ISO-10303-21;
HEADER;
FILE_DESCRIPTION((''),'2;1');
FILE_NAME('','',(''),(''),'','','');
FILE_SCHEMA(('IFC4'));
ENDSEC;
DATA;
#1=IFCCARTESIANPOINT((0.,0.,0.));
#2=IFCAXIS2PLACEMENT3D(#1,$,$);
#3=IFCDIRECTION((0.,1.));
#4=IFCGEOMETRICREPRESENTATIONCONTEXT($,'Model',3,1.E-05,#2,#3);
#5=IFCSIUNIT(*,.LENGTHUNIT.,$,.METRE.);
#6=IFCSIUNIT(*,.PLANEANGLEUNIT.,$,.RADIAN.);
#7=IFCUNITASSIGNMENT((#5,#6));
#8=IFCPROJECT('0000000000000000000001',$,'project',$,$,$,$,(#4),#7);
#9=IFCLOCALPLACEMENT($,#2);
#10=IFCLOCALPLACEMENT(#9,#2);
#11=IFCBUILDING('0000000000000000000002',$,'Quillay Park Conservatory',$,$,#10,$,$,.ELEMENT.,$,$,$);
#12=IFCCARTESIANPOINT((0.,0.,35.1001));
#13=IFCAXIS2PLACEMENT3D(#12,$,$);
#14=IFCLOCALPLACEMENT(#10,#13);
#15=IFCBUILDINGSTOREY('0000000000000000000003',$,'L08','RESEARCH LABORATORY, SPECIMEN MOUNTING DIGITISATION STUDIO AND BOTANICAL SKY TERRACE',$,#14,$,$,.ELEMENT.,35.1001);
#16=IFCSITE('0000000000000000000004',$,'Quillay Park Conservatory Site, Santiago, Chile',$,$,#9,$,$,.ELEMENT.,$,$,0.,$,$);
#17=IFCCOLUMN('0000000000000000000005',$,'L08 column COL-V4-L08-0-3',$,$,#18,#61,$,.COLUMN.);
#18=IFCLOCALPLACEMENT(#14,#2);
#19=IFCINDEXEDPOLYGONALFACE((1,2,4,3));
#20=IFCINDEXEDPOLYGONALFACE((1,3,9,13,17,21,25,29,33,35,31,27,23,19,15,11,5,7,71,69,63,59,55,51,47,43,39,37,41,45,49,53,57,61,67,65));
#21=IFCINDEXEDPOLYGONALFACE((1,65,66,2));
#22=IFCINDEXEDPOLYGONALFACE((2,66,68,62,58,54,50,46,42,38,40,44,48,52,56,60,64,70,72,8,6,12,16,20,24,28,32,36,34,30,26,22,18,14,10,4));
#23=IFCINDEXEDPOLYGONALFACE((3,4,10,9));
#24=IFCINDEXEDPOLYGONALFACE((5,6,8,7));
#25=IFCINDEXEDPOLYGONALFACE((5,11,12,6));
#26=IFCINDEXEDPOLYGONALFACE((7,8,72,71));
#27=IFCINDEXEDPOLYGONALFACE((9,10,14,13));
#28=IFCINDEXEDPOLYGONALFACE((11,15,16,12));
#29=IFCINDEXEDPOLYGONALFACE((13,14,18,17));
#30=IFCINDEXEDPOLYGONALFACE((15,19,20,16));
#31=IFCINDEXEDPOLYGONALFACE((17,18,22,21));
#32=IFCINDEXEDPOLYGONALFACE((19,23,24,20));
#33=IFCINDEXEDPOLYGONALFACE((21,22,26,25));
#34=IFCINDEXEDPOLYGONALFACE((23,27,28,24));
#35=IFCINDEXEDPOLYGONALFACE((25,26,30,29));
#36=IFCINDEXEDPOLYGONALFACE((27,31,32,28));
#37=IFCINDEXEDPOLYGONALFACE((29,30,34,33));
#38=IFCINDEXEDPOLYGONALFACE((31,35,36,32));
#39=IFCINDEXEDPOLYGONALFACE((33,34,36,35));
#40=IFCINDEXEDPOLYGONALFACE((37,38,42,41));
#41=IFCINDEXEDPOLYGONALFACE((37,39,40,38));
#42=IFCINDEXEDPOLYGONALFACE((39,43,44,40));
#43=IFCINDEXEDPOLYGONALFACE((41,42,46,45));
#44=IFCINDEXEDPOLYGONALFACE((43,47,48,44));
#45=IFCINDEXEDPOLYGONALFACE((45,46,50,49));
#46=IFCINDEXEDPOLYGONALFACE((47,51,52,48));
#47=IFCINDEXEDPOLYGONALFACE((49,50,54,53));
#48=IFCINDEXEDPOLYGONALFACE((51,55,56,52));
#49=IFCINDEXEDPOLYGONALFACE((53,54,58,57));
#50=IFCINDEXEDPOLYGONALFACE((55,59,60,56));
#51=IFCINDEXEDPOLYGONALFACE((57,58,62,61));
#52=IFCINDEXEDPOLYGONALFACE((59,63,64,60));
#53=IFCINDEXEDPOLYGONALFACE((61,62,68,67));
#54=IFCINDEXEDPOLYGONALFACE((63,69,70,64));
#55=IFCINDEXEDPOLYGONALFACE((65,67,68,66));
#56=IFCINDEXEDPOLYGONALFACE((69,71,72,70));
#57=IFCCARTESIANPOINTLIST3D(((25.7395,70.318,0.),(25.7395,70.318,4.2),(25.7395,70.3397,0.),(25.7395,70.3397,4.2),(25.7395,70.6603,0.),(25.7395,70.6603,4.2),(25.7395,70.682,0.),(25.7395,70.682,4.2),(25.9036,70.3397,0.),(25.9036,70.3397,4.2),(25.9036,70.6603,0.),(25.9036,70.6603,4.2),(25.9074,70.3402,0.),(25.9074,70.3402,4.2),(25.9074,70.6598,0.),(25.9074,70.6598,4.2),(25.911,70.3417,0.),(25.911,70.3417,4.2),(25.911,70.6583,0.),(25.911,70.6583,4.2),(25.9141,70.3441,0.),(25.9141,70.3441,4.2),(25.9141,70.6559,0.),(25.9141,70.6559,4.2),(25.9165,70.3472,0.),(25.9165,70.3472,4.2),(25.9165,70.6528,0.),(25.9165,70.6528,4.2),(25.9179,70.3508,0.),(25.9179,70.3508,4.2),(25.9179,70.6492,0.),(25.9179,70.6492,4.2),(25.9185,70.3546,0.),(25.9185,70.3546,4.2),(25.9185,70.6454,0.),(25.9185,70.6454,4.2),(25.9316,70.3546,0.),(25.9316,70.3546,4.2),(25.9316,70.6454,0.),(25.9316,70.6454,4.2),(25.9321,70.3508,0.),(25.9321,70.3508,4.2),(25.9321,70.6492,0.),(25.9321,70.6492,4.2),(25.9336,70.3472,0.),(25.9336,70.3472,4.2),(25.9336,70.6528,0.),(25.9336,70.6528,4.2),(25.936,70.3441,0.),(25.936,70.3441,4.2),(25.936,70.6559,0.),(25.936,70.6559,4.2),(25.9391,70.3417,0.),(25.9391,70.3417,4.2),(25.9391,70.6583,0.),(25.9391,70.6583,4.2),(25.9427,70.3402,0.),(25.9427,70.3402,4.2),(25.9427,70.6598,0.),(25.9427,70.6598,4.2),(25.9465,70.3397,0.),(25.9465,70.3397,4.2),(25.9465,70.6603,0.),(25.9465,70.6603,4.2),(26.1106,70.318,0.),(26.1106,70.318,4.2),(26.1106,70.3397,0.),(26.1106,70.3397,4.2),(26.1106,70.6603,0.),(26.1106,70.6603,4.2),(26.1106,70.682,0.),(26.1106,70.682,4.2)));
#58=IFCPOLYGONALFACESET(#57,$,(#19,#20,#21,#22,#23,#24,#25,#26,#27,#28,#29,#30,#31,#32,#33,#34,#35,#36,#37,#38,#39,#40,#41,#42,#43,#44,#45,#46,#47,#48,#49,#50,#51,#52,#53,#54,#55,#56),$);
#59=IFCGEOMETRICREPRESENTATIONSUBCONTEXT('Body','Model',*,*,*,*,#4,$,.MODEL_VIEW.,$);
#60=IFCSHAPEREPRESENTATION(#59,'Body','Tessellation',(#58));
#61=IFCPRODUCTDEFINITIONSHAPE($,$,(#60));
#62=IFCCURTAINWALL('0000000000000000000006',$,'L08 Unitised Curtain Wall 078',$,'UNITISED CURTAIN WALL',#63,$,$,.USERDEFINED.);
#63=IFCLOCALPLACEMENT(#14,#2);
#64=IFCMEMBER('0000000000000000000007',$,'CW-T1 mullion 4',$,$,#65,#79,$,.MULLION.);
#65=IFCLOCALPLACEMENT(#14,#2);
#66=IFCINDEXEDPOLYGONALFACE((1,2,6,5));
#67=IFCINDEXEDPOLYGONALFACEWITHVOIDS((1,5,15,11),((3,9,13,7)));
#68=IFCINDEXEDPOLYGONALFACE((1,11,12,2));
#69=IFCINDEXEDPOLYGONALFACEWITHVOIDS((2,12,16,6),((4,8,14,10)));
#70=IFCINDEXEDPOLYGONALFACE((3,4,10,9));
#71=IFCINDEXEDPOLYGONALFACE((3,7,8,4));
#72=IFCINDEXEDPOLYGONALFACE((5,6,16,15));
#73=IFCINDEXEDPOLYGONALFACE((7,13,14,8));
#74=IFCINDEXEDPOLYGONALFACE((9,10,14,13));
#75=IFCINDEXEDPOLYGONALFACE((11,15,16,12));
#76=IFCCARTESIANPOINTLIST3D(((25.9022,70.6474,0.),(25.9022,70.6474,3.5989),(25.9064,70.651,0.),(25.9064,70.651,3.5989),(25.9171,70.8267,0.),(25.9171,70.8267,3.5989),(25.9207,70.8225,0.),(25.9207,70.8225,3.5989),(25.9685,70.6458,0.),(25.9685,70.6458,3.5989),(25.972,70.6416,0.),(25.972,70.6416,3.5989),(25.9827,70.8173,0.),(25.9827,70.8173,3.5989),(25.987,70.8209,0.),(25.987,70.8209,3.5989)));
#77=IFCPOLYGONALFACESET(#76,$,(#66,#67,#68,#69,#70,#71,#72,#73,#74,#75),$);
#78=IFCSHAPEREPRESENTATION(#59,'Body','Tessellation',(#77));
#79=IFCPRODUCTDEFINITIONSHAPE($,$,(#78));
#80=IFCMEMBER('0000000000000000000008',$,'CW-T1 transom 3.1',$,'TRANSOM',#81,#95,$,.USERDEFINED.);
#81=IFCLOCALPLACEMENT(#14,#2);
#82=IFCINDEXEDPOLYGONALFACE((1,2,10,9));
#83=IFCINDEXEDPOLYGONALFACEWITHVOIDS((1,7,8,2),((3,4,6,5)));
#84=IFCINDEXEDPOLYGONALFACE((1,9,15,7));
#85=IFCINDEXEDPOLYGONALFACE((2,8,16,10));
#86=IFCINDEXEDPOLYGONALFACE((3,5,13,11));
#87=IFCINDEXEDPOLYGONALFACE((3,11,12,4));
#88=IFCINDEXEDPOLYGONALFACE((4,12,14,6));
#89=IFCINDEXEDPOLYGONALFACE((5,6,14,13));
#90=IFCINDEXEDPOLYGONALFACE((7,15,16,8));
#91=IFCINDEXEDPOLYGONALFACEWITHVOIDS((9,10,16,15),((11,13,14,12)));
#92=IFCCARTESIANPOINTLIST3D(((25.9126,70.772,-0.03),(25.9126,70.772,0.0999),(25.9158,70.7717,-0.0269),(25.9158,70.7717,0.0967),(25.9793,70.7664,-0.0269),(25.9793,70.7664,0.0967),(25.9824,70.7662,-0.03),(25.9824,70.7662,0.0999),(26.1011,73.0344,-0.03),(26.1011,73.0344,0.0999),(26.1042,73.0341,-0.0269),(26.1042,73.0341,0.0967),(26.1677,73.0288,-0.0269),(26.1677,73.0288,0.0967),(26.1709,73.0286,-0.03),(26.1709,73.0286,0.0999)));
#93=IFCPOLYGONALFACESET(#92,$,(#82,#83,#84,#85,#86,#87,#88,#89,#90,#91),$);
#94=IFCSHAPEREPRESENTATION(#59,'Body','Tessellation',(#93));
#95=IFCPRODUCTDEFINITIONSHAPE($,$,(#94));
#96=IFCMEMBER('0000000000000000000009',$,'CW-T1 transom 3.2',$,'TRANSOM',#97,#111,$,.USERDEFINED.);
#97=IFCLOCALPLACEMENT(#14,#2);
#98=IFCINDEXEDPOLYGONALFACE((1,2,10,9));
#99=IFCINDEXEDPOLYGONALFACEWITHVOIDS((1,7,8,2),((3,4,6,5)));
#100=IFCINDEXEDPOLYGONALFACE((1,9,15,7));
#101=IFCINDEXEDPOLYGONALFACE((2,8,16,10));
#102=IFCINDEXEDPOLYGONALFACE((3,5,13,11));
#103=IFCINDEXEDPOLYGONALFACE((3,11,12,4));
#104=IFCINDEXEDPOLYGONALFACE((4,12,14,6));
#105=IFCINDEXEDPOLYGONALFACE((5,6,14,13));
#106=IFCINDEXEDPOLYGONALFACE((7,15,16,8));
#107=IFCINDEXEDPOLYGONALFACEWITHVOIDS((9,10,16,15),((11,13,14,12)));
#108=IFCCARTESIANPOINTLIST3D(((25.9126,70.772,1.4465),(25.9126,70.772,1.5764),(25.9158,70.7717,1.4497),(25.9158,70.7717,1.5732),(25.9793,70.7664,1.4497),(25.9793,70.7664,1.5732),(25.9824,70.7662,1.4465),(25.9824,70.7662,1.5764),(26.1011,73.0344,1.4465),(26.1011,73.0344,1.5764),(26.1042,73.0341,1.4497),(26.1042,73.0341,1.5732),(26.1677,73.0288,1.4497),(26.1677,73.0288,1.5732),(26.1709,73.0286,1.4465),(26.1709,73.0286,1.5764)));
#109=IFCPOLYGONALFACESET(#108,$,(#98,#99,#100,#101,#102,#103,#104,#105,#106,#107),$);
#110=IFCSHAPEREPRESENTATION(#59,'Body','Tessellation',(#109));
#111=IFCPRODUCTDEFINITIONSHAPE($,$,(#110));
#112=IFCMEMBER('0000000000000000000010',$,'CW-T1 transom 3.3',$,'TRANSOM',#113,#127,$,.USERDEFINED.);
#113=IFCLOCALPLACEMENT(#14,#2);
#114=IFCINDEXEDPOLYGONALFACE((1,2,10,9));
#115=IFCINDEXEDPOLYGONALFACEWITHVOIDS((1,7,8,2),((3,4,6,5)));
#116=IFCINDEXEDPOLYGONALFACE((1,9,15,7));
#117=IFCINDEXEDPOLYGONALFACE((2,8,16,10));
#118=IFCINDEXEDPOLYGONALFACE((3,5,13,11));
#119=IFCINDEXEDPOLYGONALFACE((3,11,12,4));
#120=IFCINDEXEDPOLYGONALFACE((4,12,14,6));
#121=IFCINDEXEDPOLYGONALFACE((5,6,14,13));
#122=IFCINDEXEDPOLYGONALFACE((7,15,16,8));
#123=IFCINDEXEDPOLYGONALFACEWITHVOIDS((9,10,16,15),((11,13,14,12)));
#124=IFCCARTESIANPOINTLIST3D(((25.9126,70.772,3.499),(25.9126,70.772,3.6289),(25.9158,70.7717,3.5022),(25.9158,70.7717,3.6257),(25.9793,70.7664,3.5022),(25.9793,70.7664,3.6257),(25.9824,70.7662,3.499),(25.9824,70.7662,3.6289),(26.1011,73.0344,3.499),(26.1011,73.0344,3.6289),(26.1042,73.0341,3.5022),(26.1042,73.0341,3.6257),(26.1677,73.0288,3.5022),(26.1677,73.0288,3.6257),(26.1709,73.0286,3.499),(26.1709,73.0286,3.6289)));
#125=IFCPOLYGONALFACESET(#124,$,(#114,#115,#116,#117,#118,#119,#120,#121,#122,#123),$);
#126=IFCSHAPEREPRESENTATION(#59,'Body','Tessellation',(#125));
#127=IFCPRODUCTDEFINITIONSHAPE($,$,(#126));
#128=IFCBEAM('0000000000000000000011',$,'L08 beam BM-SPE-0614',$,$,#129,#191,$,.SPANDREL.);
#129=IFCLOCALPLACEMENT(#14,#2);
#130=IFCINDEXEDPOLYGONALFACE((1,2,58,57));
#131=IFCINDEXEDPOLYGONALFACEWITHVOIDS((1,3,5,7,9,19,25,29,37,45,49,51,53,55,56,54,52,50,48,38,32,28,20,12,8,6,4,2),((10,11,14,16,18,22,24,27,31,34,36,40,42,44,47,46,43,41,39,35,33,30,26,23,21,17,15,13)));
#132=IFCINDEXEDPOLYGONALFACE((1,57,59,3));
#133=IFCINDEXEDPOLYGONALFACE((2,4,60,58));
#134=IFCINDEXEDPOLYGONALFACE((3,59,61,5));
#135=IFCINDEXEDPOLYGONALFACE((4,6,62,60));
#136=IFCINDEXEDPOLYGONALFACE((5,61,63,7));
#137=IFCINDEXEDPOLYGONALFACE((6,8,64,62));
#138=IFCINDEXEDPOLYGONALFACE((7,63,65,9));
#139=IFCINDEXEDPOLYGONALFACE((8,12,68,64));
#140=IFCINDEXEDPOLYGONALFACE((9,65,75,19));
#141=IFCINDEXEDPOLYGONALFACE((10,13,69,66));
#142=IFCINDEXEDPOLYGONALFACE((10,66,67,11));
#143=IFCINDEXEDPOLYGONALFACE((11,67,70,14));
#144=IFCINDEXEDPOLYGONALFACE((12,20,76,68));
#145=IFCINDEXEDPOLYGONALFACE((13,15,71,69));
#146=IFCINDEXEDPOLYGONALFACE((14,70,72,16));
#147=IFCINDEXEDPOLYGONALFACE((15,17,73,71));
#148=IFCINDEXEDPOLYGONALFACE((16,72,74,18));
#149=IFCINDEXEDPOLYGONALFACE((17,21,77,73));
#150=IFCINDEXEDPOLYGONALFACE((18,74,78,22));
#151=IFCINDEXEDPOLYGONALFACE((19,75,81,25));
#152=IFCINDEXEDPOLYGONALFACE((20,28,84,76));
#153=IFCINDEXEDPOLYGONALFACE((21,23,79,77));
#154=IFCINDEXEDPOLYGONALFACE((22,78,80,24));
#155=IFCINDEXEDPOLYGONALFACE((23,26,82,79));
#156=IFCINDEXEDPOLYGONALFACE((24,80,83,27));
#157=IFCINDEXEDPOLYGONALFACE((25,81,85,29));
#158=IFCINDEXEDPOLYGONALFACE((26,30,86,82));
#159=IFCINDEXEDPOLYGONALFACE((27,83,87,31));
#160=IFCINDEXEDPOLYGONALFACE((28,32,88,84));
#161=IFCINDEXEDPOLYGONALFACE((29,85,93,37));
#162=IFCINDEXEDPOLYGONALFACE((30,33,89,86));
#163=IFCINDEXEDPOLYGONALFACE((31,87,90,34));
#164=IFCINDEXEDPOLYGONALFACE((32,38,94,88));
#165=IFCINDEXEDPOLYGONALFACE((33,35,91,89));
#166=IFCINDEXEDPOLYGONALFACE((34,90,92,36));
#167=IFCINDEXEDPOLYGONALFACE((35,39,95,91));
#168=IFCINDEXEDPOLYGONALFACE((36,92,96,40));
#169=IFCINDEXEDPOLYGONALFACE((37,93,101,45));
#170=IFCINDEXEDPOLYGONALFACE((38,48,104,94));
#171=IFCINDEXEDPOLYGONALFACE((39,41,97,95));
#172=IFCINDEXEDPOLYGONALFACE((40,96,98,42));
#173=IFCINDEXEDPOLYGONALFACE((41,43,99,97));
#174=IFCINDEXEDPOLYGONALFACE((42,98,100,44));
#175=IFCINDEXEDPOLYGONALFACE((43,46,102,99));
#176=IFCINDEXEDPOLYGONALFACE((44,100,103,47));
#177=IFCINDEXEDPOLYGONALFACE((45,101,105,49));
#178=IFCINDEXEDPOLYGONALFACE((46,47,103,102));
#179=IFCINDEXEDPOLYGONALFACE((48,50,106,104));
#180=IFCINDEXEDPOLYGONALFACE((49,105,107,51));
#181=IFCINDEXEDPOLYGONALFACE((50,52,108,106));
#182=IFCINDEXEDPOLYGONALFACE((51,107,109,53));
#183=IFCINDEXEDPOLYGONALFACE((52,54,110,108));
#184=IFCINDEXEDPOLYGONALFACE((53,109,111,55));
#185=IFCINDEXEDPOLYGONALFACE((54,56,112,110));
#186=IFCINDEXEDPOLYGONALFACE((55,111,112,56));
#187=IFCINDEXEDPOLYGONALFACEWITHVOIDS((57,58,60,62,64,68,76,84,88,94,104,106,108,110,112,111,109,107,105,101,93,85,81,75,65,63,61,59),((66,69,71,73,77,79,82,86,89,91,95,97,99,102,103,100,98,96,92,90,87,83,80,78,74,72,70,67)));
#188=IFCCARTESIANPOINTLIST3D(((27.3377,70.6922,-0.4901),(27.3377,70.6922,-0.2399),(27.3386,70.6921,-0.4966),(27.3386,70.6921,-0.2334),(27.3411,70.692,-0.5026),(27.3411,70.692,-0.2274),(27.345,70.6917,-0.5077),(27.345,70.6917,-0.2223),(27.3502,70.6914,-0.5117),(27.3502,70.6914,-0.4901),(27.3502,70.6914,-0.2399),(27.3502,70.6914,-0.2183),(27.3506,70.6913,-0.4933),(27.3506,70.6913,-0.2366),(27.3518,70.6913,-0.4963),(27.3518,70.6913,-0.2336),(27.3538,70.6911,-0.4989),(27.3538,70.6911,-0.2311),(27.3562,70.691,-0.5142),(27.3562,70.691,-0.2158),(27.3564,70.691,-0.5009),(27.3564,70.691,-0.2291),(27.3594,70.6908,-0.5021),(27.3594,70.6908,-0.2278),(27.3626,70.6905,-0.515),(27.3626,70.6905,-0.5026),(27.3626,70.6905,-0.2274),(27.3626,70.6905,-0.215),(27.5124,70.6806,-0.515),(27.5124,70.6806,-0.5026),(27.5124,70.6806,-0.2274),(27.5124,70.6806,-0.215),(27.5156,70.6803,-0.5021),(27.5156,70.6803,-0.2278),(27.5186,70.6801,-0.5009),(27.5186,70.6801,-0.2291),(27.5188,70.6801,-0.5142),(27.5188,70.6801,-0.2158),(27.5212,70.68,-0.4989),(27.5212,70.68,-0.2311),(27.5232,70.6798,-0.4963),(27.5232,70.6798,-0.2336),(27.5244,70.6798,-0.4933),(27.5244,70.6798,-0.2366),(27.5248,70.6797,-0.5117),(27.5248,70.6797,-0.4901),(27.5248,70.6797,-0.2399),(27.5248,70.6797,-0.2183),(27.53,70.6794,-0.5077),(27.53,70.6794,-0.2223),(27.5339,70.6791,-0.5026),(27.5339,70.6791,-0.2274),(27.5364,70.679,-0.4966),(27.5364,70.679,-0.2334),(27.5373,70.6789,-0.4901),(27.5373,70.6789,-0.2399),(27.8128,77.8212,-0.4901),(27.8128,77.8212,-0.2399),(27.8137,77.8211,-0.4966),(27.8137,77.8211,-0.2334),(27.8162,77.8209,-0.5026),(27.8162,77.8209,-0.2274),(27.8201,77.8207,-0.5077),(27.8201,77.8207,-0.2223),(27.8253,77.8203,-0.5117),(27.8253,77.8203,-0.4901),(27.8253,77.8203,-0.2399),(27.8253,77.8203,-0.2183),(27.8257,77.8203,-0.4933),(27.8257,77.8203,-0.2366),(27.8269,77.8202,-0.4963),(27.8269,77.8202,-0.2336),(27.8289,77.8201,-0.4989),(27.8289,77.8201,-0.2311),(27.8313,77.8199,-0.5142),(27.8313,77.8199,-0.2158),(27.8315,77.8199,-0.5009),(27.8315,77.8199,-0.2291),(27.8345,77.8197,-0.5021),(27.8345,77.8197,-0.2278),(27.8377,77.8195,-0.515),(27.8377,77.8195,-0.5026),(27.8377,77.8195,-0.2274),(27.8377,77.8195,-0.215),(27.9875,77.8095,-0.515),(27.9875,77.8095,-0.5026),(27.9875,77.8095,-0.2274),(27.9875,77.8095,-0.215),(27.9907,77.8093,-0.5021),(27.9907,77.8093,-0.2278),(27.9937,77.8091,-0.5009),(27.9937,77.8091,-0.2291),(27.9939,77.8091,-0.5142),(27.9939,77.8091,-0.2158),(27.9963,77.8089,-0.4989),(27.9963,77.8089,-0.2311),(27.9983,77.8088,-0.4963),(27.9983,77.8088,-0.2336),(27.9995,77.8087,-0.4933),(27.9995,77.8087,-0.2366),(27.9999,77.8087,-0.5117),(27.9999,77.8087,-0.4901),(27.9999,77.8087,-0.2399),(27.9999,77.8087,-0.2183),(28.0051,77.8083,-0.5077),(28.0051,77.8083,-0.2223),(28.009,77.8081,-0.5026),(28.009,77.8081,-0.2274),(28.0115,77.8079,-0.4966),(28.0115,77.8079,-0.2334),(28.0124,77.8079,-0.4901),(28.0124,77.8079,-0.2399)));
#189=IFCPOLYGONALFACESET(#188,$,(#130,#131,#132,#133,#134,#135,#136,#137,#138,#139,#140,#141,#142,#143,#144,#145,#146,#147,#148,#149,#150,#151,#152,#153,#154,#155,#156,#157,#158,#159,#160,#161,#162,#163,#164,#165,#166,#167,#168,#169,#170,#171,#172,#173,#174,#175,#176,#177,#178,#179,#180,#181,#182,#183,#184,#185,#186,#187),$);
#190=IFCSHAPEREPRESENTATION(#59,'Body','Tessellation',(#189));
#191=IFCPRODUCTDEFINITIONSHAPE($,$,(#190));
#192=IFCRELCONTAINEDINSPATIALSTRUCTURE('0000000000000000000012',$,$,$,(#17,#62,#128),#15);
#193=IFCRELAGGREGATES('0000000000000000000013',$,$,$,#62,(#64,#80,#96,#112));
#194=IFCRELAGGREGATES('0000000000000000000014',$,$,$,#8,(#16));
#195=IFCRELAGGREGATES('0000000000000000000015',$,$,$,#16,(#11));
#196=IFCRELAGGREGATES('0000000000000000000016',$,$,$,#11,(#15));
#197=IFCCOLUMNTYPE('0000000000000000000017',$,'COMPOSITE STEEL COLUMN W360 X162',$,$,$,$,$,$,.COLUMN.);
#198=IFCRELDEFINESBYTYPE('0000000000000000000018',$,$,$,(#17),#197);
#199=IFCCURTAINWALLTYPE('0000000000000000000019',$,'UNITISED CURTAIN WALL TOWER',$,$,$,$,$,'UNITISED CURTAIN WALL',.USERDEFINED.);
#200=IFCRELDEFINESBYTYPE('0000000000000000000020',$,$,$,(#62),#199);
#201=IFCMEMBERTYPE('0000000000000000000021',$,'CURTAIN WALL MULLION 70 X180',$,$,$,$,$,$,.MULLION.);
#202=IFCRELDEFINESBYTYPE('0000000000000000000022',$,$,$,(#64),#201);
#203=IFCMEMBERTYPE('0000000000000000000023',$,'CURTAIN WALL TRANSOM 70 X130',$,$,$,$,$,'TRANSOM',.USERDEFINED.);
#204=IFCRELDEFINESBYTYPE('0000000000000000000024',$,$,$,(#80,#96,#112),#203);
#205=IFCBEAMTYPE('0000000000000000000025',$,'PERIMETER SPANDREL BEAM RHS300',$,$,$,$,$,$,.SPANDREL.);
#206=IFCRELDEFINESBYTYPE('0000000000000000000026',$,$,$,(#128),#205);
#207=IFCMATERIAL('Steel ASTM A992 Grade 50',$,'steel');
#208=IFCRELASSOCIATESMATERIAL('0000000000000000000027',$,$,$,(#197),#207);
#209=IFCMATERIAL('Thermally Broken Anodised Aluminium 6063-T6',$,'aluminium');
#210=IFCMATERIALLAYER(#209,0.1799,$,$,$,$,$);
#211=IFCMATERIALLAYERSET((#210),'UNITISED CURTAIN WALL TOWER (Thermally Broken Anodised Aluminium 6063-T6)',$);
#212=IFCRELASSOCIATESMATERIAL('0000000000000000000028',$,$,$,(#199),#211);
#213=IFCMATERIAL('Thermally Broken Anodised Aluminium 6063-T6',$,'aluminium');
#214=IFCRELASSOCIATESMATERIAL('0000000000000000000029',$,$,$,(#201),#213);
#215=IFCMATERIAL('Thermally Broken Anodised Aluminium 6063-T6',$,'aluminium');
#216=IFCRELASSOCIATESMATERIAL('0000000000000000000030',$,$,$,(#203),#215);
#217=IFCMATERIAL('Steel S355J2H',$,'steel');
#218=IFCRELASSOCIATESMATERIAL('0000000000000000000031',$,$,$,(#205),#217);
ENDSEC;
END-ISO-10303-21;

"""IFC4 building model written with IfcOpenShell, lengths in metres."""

from ifc_helpers import new_model, si_unit, direction, frame, origin, origin_2d, place, context, subcontext, project, spatial, hollow_rectangle, i_section, extrude, material, layer, layer_set, material_profile, profile_set, type_object, element, aggregate, save


model = new_model("IFC4")

# Units and contexts
model_context = context("Model", 3, precision=1e-05, world=origin(), true_north=direction((0.0, 1.0)))
body_context = subcontext(model_context, "Body", "Model", "MODEL_VIEW")
ifc_project = project(units=[si_unit("LENGTHUNIT", "METRE"), si_unit("PLANEANGLEUNIT", "RADIAN")], contexts=[model_context])

# Site, building, storey
site_placement = place(None, origin())
site = spatial("IfcSite", under=ifc_project, at=site_placement, Name="Quillay Park Conservatory Site, Santiago, Chile", CompositionType="ELEMENT", RefElevation=0.0)
building_placement = place(site_placement, origin())
building = spatial("IfcBuilding", under=site, at=building_placement, Name="Quillay Park Conservatory", CompositionType="ELEMENT")
storey_placement = place(building_placement, frame((0.0, 0.0, 35.1001)))
storey = spatial("IfcBuildingStorey", under=building, at=storey_placement, Name="L08", Description="RESEARCH LABORATORY, SPECIMEN MOUNTING DIGITISATION STUDIO AND BOTANICAL SKY TERRACE", CompositionType="ELEMENT", Elevation=35.1001)

# Column
ifc_material_1 = material(Name="Steel ASTM A992 Grade 50", Category="steel")
ifc_material_profile_1 = material_profile(ifc_material_1, i_section(OverallWidth=0.3711, OverallDepth=0.364, WebThickness=0.0132, FlangeThickness=0.0217, FilletRadius=0.0149, at=origin_2d()), Name="W360x162")
ifc_profile_set_1 = profile_set([ifc_material_profile_1], Name="Steel ASTM A992 Grade 50")
column_type = type_object("IfcColumnType", Name="COMPOSITE STEEL COLUMN W360 X162", PredefinedType="COLUMN", material=ifc_profile_set_1)
column_placement = place(storey_placement, frame((25.925, 70.5, 0.0), z_axis=(0.0, 0.0, 1.0), x_axis=(1.0, 0.0, 0.0)))
element("IfcColumn", 1, at=column_placement, inside=storey, type_object=column_type, Name="L08 column COL-V4-L08-0-3", PredefinedType="COLUMN", context=body_context, shape_type="SweptSolid", body=[
    extrude(i_section(OverallWidth=0.3711, OverallDepth=0.364, WebThickness=0.0132, FlangeThickness=0.0217, FilletRadius=0.0149, at=origin_2d()), origin(), (0.0, 0.0, 1.0), 4.2),
])

# Curtain wall, members
ifc_material_2 = material(Name="Thermally Broken Anodised Aluminium 6063-T6", Category="aluminium")
ifc_layer_1 = layer(ifc_material_2, 0.1799)
ifc_layer_set_1 = layer_set([ifc_layer_1], Name="UNITISED CURTAIN WALL TOWER (Thermally Broken Anodised Aluminium 6063-T6)")
curtain_wall_type = type_object("IfcCurtainWallType", Name="UNITISED CURTAIN WALL TOWER", ElementType="UNITISED CURTAIN WALL", PredefinedType="USERDEFINED", material=ifc_layer_set_1)
curtain_wall_placement = place(storey_placement, origin())
curtain_wall = element("IfcCurtainWall", 2, at=curtain_wall_placement, inside=storey, type_object=curtain_wall_type, Name="L08 Unitised Curtain Wall 078", ObjectType="UNITISED CURTAIN WALL", PredefinedType="USERDEFINED")
ifc_material_3 = material(Name="Thermally Broken Anodised Aluminium 6063-T6", Category="aluminium")
ifc_material_profile_2 = material_profile(ifc_material_3, hollow_rectangle(XDim=0.0701, YDim=0.1799, WallThickness=0.0039, at=origin_2d()), Name="AL70x180x4")
ifc_profile_set_2 = profile_set([ifc_material_profile_2], Name="Thermally Broken Anodised Aluminium 6063-T6")
member_type_1 = type_object("IfcMemberType", Name="CURTAIN WALL MULLION 70 X180", PredefinedType="MULLION", material=ifc_profile_set_2)
member_1_placement = place(storey_placement, frame((25.9446, 70.7341, 0.0), z_axis=(0.0, 0.0, 1.0), x_axis=(0.996546, -0.083048, 0.0)))
member_1 = element("IfcMember", 3, at=member_1_placement, type_object=member_type_1, Name="CW-T1 mullion 4", PredefinedType="MULLION", context=body_context, shape_type="SweptSolid", body=[
    extrude(hollow_rectangle(XDim=0.0701, YDim=0.1799, WallThickness=0.0039, at=origin_2d()), origin(), (0.0, 0.0, 1.0), 3.5989),
])
ifc_material_4 = material(Name="Thermally Broken Anodised Aluminium 6063-T6", Category="aluminium")
ifc_material_profile_3 = material_profile(ifc_material_4, hollow_rectangle(XDim=0.0701, YDim=0.1299, WallThickness=0.0032, at=origin_2d()), Name="AL70x130x3.2")
ifc_profile_set_3 = profile_set([ifc_material_profile_3], Name="Thermally Broken Anodised Aluminium 6063-T6")
member_type_2 = type_object("IfcMemberType", Name="CURTAIN WALL TRANSOM 70 X130", ElementType="TRANSOM", PredefinedType="USERDEFINED", material=ifc_profile_set_3)
member_2_placement = place(storey_placement, frame((26.136, 73.0315, 0.0349), z_axis=(-0.083019, -0.996548, 0.0), x_axis=(0.996548, -0.083019, 0.0)))
member_2 = element("IfcMember", 4, at=member_2_placement, type_object=member_type_2, Name="CW-T1 transom 3.1", ObjectType="TRANSOM", PredefinedType="USERDEFINED", context=body_context, shape_type="SweptSolid", body=[
    extrude(hollow_rectangle(XDim=0.0701, YDim=0.1299, WallThickness=0.0032, at=origin_2d()), origin(), (0.0, 0.0, 1.0), 2.2703),
])
member_3_placement = place(storey_placement, frame((26.136, 73.0315, 1.5115), z_axis=(-0.083019, -0.996548, 0.0), x_axis=(0.996548, -0.083019, 0.0)))
member_3 = element("IfcMember", 5, at=member_3_placement, type_object=member_type_2, Name="CW-T1 transom 3.2", ObjectType="TRANSOM", PredefinedType="USERDEFINED", context=body_context, shape_type="SweptSolid", body=[
    extrude(hollow_rectangle(XDim=0.0701, YDim=0.1299, WallThickness=0.0032, at=origin_2d()), origin(), (0.0, 0.0, 1.0), 2.2703),
])
member_4_placement = place(storey_placement, frame((26.136, 73.0315, 3.564), z_axis=(-0.083019, -0.996548, 0.0), x_axis=(0.996548, -0.083019, 0.0)))
member_4 = element("IfcMember", 6, at=member_4_placement, type_object=member_type_2, Name="CW-T1 transom 3.3", ObjectType="TRANSOM", PredefinedType="USERDEFINED", context=body_context, shape_type="SweptSolid", body=[
    extrude(hollow_rectangle(XDim=0.0701, YDim=0.1299, WallThickness=0.0032, at=origin_2d()), origin(), (0.0, 0.0, 1.0), 2.2703),
])

# Beam
ifc_material_5 = material(Name="Steel S355J2H", Category="steel")
ifc_material_profile_4 = material_profile(ifc_material_5, hollow_rectangle(XDim=0.2, YDim=0.3, WallThickness=0.0125, InnerFilletRadius=0.0125, OuterFilletRadius=0.0249, at=origin_2d()), Name="RHS300x200x12.5")
ifc_profile_set_4 = profile_set([ifc_material_profile_4], Name="Steel S355J2H")
beam_type_1 = type_object("IfcBeamType", Name="PERIMETER SPANDREL BEAM RHS300", PredefinedType="SPANDREL", material=ifc_profile_set_4)
beam_1_placement = place(storey_placement, frame((27.4375, 70.6855, -0.365), z_axis=(0.066496, 0.997787, 0.0), x_axis=(-0.997787, 0.066496, 0.0)))
element("IfcBeam", 7, at=beam_1_placement, inside=storey, type_object=beam_type_1, Name="L08 beam BM-SPE-0614", PredefinedType="SPANDREL", context=body_context, shape_type="SweptSolid", body=[
    extrude(hollow_rectangle(XDim=0.2, YDim=0.3, WallThickness=0.0125, InnerFilletRadius=0.0125, OuterFilletRadius=0.0249, at=origin_2d()), origin(), (0.0, 0.0, 1.0), 7.1448),
])

aggregate(curtain_wall, [member_1, member_2, member_3, member_4])

save(model, "model.ifc")
